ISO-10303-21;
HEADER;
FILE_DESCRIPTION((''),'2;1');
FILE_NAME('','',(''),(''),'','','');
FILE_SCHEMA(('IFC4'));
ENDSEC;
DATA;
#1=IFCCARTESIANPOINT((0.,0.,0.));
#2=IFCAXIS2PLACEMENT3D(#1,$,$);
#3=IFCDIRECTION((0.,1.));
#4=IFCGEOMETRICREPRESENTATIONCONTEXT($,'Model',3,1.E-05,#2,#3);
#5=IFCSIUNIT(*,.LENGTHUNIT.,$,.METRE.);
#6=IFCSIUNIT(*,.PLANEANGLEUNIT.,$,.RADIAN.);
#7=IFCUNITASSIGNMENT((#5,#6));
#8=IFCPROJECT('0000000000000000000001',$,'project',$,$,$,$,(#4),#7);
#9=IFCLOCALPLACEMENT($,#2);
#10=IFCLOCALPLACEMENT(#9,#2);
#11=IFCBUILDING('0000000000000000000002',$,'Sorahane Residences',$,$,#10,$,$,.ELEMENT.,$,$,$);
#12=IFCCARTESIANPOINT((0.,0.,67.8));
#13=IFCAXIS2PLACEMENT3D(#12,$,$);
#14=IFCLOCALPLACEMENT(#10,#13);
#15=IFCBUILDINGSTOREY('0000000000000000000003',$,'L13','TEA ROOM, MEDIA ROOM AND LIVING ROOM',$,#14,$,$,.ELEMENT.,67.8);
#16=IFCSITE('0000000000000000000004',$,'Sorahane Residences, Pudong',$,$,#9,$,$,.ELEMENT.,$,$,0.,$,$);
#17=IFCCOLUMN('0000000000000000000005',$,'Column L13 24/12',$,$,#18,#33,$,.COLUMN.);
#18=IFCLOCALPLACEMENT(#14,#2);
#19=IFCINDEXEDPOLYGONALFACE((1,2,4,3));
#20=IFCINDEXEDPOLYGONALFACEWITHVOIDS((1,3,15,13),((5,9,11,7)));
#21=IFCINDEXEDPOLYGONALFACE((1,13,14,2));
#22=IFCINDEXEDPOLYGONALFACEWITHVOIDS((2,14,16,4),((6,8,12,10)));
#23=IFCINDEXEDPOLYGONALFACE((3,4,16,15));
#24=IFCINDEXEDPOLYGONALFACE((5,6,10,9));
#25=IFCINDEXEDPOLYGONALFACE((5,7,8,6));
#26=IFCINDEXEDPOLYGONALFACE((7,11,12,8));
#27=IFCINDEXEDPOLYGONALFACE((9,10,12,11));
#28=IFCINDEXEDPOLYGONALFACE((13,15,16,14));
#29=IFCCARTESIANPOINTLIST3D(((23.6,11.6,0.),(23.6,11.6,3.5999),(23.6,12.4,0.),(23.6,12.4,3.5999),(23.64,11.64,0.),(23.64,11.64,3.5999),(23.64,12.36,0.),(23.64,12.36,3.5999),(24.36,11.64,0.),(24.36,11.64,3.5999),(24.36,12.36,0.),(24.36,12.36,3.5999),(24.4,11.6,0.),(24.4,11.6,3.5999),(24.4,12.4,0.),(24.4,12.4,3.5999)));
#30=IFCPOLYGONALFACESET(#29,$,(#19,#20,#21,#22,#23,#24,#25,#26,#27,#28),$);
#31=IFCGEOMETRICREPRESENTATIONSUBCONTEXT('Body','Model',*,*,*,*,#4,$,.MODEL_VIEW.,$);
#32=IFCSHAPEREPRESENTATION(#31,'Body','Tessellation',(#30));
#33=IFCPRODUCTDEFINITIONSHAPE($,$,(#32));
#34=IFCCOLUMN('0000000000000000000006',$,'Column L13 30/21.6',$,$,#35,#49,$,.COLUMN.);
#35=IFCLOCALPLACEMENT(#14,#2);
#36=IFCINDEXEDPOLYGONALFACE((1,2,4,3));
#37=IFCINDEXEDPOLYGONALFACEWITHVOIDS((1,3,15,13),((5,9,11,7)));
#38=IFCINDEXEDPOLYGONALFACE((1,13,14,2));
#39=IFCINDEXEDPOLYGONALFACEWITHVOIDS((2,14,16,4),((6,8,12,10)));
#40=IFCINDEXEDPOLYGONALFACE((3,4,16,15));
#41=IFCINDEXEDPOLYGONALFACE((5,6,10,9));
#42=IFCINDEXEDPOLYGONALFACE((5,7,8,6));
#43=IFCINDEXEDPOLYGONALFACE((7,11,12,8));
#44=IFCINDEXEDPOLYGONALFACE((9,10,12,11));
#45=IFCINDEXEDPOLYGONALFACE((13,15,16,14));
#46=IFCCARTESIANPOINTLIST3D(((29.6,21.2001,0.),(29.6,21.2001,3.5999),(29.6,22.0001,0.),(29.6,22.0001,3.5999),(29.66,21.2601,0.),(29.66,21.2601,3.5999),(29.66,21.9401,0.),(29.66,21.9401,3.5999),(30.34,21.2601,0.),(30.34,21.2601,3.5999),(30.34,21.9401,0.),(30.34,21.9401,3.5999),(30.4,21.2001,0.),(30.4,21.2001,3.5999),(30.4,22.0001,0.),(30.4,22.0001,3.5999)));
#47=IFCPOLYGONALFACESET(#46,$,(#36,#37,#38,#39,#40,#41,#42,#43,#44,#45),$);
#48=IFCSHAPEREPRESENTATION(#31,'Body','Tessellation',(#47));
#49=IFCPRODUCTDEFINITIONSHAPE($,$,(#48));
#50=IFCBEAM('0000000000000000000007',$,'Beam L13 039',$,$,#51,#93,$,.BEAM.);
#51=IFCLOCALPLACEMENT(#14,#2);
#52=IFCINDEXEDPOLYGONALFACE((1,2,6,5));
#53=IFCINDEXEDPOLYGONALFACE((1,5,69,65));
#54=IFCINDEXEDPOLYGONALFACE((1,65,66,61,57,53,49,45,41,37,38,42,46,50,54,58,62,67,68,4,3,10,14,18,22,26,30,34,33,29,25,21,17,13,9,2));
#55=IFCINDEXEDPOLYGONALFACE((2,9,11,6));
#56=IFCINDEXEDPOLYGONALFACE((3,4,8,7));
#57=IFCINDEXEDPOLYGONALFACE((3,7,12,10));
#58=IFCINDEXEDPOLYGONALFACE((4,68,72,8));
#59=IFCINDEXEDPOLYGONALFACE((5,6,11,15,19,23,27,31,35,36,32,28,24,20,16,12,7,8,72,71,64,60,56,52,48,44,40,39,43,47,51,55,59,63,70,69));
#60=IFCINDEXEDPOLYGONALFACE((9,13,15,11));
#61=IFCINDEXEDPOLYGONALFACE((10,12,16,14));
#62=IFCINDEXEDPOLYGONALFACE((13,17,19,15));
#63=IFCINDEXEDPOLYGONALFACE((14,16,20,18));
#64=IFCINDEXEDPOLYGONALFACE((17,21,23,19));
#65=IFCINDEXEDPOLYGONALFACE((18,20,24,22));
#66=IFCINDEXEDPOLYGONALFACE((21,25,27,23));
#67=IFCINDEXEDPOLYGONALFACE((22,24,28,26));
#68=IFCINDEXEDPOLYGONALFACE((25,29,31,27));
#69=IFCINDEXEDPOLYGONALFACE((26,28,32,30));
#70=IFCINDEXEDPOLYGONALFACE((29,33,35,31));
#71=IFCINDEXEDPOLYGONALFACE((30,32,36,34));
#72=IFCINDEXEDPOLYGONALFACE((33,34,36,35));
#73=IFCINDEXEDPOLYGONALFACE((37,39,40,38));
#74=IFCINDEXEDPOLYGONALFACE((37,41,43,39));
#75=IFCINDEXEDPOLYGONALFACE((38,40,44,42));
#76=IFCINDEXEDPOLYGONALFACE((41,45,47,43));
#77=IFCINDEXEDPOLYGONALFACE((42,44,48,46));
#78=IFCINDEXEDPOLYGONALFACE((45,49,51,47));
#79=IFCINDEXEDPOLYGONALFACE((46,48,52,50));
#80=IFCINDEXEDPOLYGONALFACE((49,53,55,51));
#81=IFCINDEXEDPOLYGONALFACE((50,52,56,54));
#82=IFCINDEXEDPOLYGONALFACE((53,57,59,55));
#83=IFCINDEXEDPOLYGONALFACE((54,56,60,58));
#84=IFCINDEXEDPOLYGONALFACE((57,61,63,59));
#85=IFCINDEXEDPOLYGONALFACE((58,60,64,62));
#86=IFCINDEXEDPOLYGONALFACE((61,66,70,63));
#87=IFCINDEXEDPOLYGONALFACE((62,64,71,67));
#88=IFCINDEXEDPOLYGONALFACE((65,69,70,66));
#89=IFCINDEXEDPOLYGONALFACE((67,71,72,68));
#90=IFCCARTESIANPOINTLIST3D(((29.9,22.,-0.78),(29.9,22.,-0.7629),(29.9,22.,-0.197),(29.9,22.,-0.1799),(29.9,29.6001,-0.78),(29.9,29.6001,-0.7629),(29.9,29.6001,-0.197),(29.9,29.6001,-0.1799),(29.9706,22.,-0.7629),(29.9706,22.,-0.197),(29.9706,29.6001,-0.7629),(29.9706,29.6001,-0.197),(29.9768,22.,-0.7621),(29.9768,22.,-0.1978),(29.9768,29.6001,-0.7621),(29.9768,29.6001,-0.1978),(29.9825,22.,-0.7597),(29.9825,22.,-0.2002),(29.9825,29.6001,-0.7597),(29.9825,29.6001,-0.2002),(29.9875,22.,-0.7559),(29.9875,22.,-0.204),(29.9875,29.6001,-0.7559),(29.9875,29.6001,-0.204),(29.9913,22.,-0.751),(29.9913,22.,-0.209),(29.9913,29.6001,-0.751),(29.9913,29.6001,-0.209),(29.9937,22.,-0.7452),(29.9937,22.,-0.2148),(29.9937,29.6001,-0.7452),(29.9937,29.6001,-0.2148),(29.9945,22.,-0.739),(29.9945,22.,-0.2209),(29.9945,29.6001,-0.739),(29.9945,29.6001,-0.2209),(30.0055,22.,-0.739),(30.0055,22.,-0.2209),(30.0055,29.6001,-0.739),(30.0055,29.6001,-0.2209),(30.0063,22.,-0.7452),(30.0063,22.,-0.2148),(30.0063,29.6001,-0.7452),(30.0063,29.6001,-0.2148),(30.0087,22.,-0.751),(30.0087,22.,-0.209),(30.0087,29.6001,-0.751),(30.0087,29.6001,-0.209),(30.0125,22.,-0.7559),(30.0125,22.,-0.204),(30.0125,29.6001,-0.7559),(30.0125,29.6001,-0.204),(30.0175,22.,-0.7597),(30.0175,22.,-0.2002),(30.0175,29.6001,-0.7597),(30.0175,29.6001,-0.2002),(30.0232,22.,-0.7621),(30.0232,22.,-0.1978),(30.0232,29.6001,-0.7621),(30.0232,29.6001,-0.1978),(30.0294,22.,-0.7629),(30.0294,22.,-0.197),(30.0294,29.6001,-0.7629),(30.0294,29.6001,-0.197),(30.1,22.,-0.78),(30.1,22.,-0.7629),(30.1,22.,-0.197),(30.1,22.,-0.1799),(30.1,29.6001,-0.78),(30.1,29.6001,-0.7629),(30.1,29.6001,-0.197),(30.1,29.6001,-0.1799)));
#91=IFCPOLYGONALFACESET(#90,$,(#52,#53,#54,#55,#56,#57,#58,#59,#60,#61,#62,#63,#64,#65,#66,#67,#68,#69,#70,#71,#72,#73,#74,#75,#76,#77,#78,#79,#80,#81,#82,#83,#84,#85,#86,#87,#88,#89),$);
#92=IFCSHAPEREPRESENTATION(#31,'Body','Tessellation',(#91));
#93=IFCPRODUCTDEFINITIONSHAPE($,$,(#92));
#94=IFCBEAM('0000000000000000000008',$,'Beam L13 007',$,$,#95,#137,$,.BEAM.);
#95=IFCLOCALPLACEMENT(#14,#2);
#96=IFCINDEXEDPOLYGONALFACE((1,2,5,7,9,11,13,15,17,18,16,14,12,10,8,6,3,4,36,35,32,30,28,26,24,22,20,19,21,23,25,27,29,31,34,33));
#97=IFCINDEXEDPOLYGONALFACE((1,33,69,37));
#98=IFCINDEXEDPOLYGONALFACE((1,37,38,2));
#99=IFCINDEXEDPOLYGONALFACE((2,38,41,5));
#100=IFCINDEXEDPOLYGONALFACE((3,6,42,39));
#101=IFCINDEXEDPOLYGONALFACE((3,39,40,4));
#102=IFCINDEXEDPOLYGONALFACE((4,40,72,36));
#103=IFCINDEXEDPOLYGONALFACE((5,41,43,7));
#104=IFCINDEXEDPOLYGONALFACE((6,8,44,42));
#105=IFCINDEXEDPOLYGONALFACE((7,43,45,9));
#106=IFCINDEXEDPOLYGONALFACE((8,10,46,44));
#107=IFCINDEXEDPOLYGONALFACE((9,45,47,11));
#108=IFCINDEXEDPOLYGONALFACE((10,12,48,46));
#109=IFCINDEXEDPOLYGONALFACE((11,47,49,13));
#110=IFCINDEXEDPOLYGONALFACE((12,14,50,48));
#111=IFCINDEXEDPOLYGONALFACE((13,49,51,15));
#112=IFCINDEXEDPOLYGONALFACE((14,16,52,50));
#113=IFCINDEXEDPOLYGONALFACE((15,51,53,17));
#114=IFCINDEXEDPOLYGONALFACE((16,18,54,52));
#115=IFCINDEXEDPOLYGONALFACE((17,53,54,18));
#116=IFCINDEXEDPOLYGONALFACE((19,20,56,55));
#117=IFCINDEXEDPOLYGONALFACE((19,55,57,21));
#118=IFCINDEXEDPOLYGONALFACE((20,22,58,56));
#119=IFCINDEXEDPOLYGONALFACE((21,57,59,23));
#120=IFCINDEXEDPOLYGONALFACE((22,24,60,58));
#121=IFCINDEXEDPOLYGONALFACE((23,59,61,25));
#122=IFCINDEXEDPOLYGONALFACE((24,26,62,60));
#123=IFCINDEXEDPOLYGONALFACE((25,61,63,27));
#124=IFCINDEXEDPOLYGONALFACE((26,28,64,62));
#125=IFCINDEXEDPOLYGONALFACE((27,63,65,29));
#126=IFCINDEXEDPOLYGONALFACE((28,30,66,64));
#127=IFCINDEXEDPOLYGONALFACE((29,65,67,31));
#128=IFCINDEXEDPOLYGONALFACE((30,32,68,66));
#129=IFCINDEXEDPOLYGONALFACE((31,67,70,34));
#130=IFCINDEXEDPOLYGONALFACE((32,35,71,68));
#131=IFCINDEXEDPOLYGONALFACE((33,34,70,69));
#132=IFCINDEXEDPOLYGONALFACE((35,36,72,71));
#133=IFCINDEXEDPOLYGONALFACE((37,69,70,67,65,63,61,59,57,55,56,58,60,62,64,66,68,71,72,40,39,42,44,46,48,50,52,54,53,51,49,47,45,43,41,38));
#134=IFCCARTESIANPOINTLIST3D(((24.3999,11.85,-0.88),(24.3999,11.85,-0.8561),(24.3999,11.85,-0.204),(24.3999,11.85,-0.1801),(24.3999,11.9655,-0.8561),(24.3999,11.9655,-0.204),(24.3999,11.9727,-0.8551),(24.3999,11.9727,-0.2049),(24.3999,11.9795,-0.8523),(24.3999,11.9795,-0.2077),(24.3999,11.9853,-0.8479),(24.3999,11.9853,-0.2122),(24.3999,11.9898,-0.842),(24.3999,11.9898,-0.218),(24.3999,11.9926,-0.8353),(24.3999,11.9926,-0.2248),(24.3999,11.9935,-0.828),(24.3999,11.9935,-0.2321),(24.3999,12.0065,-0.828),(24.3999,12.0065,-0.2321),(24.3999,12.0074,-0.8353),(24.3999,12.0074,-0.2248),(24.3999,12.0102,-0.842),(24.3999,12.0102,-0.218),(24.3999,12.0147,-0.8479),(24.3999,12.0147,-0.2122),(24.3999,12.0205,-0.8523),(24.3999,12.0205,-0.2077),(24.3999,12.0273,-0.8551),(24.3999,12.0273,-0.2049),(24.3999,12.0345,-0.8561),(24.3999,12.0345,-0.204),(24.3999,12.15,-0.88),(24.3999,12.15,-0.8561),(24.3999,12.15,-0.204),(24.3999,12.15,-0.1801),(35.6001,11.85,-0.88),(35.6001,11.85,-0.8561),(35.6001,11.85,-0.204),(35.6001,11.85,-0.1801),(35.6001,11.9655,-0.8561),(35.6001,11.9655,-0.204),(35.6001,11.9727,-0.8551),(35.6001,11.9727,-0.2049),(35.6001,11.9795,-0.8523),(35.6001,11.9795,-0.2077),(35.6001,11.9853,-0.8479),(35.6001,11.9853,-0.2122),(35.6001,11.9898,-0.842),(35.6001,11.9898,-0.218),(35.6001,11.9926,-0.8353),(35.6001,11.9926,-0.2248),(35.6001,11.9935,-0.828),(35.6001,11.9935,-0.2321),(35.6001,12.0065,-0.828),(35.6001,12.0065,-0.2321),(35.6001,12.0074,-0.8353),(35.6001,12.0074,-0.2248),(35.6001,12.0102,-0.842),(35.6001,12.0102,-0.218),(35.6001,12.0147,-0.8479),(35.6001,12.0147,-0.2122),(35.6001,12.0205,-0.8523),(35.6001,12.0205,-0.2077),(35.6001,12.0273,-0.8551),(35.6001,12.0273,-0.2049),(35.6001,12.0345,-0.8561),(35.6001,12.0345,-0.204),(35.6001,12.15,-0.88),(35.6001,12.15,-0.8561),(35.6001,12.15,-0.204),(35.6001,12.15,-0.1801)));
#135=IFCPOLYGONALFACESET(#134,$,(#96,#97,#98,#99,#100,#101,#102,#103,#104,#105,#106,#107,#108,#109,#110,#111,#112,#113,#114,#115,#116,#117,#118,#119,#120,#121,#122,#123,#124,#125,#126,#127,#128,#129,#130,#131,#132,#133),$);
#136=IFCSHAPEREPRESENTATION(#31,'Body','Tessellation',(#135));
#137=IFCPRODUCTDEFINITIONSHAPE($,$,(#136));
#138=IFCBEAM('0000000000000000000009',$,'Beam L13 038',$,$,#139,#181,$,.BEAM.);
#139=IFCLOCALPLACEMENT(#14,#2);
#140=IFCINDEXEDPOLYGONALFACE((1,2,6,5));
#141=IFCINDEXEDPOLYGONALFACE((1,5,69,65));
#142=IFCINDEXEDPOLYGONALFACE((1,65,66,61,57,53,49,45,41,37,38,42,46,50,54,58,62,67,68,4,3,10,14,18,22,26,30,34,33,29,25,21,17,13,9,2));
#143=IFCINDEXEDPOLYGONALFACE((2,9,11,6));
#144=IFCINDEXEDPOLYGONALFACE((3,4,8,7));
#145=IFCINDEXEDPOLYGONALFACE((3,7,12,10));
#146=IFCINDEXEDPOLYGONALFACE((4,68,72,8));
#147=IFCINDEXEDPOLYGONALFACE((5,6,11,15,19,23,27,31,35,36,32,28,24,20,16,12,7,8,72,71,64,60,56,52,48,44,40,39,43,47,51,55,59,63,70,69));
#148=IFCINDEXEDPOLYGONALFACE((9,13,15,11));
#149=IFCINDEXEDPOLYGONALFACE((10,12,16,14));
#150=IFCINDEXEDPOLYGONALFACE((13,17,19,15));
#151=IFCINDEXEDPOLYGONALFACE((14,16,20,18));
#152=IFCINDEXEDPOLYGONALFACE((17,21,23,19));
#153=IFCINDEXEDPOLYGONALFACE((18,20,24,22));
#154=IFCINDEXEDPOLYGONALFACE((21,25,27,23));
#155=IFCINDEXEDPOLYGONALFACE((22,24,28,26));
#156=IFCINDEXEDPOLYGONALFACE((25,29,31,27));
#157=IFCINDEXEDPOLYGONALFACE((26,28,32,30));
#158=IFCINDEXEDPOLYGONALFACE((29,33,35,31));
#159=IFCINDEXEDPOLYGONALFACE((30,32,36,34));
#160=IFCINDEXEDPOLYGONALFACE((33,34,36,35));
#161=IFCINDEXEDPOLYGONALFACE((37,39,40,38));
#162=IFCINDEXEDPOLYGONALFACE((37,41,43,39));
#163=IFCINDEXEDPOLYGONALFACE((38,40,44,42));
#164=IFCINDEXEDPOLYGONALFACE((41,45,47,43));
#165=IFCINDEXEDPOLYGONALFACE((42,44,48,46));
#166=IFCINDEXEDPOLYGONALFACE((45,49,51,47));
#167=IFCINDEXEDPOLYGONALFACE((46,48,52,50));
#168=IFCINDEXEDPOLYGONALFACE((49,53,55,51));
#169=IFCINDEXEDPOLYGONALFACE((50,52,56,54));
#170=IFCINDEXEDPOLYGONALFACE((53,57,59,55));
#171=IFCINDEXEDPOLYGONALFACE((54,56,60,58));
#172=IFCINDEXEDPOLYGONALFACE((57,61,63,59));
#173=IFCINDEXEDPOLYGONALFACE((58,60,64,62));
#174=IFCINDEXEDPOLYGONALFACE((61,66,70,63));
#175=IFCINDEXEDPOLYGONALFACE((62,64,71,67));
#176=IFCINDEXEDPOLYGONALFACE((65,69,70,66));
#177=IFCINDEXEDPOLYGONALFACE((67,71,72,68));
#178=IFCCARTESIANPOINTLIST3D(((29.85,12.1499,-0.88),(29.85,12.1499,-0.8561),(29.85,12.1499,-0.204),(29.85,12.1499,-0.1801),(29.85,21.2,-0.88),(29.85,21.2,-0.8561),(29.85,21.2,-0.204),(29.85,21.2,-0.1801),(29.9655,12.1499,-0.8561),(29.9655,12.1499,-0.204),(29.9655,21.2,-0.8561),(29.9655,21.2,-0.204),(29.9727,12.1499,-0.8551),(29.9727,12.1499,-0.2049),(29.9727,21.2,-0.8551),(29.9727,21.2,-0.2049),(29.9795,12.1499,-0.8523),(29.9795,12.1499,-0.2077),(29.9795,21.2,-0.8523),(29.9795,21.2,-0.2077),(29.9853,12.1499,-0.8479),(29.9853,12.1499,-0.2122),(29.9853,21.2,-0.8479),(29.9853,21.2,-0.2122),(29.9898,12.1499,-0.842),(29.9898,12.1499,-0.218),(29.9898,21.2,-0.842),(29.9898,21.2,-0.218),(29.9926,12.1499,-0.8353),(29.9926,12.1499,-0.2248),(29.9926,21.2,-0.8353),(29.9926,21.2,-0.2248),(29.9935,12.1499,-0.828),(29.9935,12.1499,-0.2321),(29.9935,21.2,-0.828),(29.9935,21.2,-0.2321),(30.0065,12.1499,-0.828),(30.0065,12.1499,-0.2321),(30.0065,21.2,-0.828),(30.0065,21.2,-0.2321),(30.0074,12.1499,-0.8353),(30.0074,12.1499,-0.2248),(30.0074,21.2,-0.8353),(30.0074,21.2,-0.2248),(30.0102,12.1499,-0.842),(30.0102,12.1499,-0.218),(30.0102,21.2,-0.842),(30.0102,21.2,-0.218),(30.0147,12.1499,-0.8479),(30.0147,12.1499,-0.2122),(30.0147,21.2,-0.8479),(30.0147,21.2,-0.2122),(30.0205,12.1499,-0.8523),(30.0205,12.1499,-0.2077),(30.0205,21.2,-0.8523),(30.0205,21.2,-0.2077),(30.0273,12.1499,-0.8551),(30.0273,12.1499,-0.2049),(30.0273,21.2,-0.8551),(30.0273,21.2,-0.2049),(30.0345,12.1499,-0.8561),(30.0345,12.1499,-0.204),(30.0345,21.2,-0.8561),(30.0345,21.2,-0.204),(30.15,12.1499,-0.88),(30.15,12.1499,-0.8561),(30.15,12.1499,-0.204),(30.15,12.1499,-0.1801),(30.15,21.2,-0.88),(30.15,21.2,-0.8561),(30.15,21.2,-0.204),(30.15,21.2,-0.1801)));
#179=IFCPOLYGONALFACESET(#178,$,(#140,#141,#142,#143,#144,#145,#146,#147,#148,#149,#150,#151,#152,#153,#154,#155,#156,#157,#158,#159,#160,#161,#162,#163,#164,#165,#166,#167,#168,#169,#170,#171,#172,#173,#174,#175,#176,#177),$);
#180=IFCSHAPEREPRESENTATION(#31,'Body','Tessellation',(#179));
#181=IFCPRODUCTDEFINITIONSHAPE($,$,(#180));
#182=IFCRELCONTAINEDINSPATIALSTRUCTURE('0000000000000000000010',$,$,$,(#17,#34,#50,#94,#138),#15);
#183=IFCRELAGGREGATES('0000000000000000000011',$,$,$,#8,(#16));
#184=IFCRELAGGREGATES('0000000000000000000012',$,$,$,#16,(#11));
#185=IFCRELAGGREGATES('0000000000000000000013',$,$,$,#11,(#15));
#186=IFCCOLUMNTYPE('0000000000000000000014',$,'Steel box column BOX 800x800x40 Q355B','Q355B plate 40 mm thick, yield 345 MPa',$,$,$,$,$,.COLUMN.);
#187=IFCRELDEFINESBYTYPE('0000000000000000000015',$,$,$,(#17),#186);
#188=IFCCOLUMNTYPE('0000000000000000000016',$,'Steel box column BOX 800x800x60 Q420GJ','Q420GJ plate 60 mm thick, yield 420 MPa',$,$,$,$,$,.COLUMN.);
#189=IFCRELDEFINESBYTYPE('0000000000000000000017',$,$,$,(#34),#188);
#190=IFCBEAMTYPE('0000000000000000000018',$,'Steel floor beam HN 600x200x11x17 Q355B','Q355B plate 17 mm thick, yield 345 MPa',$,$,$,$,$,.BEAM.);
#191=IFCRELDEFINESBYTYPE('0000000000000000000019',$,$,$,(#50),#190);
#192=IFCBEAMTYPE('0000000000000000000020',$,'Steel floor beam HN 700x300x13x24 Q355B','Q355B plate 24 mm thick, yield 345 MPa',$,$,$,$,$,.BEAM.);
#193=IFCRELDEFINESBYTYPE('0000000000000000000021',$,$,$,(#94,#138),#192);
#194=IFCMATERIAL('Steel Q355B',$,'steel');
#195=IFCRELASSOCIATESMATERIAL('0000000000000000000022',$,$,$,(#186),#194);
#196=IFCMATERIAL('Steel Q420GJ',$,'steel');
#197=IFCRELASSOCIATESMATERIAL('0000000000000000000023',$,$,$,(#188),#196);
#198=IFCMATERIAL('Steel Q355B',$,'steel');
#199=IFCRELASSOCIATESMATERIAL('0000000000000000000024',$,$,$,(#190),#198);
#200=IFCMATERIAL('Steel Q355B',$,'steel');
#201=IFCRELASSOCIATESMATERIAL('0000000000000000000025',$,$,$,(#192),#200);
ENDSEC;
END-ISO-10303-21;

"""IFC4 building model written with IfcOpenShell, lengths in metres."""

from ifc_helpers import new_model, si_unit, direction, frame, origin, origin_2d, place, context, subcontext, project, spatial, hollow_rectangle, i_section, extrude, material, material_profile, profile_set, type_object, element, save


model = new_model("IFC4")

# Units and contexts
model_context = context("Model", 3, precision=1e-05, world=origin(), true_north=direction((0.0, 1.0)))
body_context = subcontext(model_context, "Body", "Model", "MODEL_VIEW")
ifc_project = project(units=[si_unit("LENGTHUNIT", "METRE"), si_unit("PLANEANGLEUNIT", "RADIAN")], contexts=[model_context])

# Site, building, storey
site_placement = place(None, origin())
site = spatial("IfcSite", under=ifc_project, at=site_placement, Name="Sorahane Residences, Pudong", CompositionType="ELEMENT", RefElevation=0.0)
building_placement = place(site_placement, origin())
building = spatial("IfcBuilding", under=site, at=building_placement, Name="Sorahane Residences", CompositionType="ELEMENT")
storey_placement = place(building_placement, frame((0.0, 0.0, 67.8)))
storey = spatial("IfcBuildingStorey", under=building, at=storey_placement, Name="L13", Description="TEA ROOM, MEDIA ROOM AND LIVING ROOM", CompositionType="ELEMENT", Elevation=67.8)

# Columns
ifc_material_1 = material(Name="Steel Q355B", Category="steel")
ifc_material_profile_1 = material_profile(ifc_material_1, hollow_rectangle(XDim=0.8, YDim=0.8, WallThickness=0.04, at=origin_2d()), Name="BOX 800x800x40")
ifc_profile_set_1 = profile_set([ifc_material_profile_1], Name="Steel Q355B")
column_type_1 = type_object("IfcColumnType", Name="Steel box column BOX 800x800x40 Q355B", Description="Q355B plate 40 mm thick, yield 345 MPa", PredefinedType="COLUMN", material=ifc_profile_set_1)
column_1_placement = place(storey_placement, frame((24.0, 12.0, 0.0), z_axis=(0.0, 0.0, 1.0), x_axis=(1.0, 0.0, 0.0)))
element("IfcColumn", 1, at=column_1_placement, inside=storey, type_object=column_type_1, Name="Column L13 24/12", PredefinedType="COLUMN", context=body_context, shape_type="SweptSolid", body=[
    extrude(hollow_rectangle(XDim=0.8, YDim=0.8, WallThickness=0.04, at=origin_2d()), origin(), (0.0, 0.0, 1.0), 3.5999),
])
ifc_material_2 = material(Name="Steel Q420GJ", Category="steel")
ifc_material_profile_2 = material_profile(ifc_material_2, hollow_rectangle(XDim=0.8, YDim=0.8, WallThickness=0.0601, at=origin_2d()), Name="BOX 800x800x60")
ifc_profile_set_2 = profile_set([ifc_material_profile_2], Name="Steel Q420GJ")
column_type_2 = type_object("IfcColumnType", Name="Steel box column BOX 800x800x60 Q420GJ", Description="Q420GJ plate 60 mm thick, yield 420 MPa", PredefinedType="COLUMN", material=ifc_profile_set_2)
column_2_placement = place(storey_placement, frame((30.0, 21.6001, 0.0), z_axis=(0.0, 0.0, 1.0), x_axis=(1.0, 0.0, 0.0)))
element("IfcColumn", 2, at=column_2_placement, inside=storey, type_object=column_type_2, Name="Column L13 30/21.6", PredefinedType="COLUMN", context=body_context, shape_type="SweptSolid", body=[
    extrude(hollow_rectangle(XDim=0.8, YDim=0.8, WallThickness=0.0601, at=origin_2d()), origin(), (0.0, 0.0, 1.0), 3.5999),
])

# Beams
ifc_material_3 = material(Name="Steel Q355B", Category="steel")
ifc_material_profile_3 = material_profile(ifc_material_3, i_section(OverallWidth=0.2, OverallDepth=0.6001, WebThickness=0.011, FlangeThickness=0.0171, FilletRadius=0.0239, at=origin_2d()), Name="HN 600x200x11x17")
ifc_profile_set_3 = profile_set([ifc_material_profile_3], Name="Steel Q355B")
beam_type_1 = type_object("IfcBeamType", Name="Steel floor beam HN 600x200x11x17 Q355B", Description="Q355B plate 17 mm thick, yield 345 MPa", PredefinedType="BEAM", material=ifc_profile_set_3)
beam_1_placement = place(storey_placement, frame((30.0, 22.0, -0.48), z_axis=(0.0, 1.0, 0.0), x_axis=(-1.0, 0.0, 0.0)))
element("IfcBeam", 3, at=beam_1_placement, inside=storey, type_object=beam_type_1, Name="Beam L13 039", PredefinedType="BEAM", context=body_context, shape_type="SweptSolid", body=[
    extrude(i_section(OverallWidth=0.2, OverallDepth=0.6001, WebThickness=0.011, FlangeThickness=0.0171, FilletRadius=0.0239, at=origin_2d()), origin(), (0.0, 0.0, 1.0), 7.6001),
])
ifc_material_4 = material(Name="Steel Q355B", Category="steel")
ifc_material_profile_4 = material_profile(ifc_material_4, i_section(OverallWidth=0.3, OverallDepth=0.7, WebThickness=0.0129, FlangeThickness=0.0239, FilletRadius=0.0281, at=origin_2d()), Name="HN 700x300x13x24")
ifc_profile_set_4 = profile_set([ifc_material_profile_4], Name="Steel Q355B")
beam_type_2 = type_object("IfcBeamType", Name="Steel floor beam HN 700x300x13x24 Q355B", Description="Q355B plate 24 mm thick, yield 345 MPa", PredefinedType="BEAM", material=ifc_profile_set_4)
beam_2_placement = place(storey_placement, frame((24.3999, 12.0, -0.53), z_axis=(1.0, 0.0, 0.0), x_axis=(0.0, 1.0, 0.0)))
element("IfcBeam", 4, at=beam_2_placement, inside=storey, type_object=beam_type_2, Name="Beam L13 007", PredefinedType="BEAM", context=body_context, shape_type="SweptSolid", body=[
    extrude(i_section(OverallWidth=0.3, OverallDepth=0.7, WebThickness=0.0129, FlangeThickness=0.0239, FilletRadius=0.0281, at=origin_2d()), origin(), (0.0, 0.0, 1.0), 11.2002),
])
beam_3_placement = place(storey_placement, frame((30.0, 12.1499, -0.53), z_axis=(0.0, 1.0, 0.0), x_axis=(-1.0, 0.0, 0.0)))
element("IfcBeam", 5, at=beam_3_placement, inside=storey, type_object=beam_type_2, Name="Beam L13 038", PredefinedType="BEAM", context=body_context, shape_type="SweptSolid", body=[
    extrude(i_section(OverallWidth=0.3, OverallDepth=0.7, WebThickness=0.0129, FlangeThickness=0.0239, FilletRadius=0.0281, at=origin_2d()), origin(), (0.0, 0.0, 1.0), 9.05),
])

save(model, "model.ifc")
